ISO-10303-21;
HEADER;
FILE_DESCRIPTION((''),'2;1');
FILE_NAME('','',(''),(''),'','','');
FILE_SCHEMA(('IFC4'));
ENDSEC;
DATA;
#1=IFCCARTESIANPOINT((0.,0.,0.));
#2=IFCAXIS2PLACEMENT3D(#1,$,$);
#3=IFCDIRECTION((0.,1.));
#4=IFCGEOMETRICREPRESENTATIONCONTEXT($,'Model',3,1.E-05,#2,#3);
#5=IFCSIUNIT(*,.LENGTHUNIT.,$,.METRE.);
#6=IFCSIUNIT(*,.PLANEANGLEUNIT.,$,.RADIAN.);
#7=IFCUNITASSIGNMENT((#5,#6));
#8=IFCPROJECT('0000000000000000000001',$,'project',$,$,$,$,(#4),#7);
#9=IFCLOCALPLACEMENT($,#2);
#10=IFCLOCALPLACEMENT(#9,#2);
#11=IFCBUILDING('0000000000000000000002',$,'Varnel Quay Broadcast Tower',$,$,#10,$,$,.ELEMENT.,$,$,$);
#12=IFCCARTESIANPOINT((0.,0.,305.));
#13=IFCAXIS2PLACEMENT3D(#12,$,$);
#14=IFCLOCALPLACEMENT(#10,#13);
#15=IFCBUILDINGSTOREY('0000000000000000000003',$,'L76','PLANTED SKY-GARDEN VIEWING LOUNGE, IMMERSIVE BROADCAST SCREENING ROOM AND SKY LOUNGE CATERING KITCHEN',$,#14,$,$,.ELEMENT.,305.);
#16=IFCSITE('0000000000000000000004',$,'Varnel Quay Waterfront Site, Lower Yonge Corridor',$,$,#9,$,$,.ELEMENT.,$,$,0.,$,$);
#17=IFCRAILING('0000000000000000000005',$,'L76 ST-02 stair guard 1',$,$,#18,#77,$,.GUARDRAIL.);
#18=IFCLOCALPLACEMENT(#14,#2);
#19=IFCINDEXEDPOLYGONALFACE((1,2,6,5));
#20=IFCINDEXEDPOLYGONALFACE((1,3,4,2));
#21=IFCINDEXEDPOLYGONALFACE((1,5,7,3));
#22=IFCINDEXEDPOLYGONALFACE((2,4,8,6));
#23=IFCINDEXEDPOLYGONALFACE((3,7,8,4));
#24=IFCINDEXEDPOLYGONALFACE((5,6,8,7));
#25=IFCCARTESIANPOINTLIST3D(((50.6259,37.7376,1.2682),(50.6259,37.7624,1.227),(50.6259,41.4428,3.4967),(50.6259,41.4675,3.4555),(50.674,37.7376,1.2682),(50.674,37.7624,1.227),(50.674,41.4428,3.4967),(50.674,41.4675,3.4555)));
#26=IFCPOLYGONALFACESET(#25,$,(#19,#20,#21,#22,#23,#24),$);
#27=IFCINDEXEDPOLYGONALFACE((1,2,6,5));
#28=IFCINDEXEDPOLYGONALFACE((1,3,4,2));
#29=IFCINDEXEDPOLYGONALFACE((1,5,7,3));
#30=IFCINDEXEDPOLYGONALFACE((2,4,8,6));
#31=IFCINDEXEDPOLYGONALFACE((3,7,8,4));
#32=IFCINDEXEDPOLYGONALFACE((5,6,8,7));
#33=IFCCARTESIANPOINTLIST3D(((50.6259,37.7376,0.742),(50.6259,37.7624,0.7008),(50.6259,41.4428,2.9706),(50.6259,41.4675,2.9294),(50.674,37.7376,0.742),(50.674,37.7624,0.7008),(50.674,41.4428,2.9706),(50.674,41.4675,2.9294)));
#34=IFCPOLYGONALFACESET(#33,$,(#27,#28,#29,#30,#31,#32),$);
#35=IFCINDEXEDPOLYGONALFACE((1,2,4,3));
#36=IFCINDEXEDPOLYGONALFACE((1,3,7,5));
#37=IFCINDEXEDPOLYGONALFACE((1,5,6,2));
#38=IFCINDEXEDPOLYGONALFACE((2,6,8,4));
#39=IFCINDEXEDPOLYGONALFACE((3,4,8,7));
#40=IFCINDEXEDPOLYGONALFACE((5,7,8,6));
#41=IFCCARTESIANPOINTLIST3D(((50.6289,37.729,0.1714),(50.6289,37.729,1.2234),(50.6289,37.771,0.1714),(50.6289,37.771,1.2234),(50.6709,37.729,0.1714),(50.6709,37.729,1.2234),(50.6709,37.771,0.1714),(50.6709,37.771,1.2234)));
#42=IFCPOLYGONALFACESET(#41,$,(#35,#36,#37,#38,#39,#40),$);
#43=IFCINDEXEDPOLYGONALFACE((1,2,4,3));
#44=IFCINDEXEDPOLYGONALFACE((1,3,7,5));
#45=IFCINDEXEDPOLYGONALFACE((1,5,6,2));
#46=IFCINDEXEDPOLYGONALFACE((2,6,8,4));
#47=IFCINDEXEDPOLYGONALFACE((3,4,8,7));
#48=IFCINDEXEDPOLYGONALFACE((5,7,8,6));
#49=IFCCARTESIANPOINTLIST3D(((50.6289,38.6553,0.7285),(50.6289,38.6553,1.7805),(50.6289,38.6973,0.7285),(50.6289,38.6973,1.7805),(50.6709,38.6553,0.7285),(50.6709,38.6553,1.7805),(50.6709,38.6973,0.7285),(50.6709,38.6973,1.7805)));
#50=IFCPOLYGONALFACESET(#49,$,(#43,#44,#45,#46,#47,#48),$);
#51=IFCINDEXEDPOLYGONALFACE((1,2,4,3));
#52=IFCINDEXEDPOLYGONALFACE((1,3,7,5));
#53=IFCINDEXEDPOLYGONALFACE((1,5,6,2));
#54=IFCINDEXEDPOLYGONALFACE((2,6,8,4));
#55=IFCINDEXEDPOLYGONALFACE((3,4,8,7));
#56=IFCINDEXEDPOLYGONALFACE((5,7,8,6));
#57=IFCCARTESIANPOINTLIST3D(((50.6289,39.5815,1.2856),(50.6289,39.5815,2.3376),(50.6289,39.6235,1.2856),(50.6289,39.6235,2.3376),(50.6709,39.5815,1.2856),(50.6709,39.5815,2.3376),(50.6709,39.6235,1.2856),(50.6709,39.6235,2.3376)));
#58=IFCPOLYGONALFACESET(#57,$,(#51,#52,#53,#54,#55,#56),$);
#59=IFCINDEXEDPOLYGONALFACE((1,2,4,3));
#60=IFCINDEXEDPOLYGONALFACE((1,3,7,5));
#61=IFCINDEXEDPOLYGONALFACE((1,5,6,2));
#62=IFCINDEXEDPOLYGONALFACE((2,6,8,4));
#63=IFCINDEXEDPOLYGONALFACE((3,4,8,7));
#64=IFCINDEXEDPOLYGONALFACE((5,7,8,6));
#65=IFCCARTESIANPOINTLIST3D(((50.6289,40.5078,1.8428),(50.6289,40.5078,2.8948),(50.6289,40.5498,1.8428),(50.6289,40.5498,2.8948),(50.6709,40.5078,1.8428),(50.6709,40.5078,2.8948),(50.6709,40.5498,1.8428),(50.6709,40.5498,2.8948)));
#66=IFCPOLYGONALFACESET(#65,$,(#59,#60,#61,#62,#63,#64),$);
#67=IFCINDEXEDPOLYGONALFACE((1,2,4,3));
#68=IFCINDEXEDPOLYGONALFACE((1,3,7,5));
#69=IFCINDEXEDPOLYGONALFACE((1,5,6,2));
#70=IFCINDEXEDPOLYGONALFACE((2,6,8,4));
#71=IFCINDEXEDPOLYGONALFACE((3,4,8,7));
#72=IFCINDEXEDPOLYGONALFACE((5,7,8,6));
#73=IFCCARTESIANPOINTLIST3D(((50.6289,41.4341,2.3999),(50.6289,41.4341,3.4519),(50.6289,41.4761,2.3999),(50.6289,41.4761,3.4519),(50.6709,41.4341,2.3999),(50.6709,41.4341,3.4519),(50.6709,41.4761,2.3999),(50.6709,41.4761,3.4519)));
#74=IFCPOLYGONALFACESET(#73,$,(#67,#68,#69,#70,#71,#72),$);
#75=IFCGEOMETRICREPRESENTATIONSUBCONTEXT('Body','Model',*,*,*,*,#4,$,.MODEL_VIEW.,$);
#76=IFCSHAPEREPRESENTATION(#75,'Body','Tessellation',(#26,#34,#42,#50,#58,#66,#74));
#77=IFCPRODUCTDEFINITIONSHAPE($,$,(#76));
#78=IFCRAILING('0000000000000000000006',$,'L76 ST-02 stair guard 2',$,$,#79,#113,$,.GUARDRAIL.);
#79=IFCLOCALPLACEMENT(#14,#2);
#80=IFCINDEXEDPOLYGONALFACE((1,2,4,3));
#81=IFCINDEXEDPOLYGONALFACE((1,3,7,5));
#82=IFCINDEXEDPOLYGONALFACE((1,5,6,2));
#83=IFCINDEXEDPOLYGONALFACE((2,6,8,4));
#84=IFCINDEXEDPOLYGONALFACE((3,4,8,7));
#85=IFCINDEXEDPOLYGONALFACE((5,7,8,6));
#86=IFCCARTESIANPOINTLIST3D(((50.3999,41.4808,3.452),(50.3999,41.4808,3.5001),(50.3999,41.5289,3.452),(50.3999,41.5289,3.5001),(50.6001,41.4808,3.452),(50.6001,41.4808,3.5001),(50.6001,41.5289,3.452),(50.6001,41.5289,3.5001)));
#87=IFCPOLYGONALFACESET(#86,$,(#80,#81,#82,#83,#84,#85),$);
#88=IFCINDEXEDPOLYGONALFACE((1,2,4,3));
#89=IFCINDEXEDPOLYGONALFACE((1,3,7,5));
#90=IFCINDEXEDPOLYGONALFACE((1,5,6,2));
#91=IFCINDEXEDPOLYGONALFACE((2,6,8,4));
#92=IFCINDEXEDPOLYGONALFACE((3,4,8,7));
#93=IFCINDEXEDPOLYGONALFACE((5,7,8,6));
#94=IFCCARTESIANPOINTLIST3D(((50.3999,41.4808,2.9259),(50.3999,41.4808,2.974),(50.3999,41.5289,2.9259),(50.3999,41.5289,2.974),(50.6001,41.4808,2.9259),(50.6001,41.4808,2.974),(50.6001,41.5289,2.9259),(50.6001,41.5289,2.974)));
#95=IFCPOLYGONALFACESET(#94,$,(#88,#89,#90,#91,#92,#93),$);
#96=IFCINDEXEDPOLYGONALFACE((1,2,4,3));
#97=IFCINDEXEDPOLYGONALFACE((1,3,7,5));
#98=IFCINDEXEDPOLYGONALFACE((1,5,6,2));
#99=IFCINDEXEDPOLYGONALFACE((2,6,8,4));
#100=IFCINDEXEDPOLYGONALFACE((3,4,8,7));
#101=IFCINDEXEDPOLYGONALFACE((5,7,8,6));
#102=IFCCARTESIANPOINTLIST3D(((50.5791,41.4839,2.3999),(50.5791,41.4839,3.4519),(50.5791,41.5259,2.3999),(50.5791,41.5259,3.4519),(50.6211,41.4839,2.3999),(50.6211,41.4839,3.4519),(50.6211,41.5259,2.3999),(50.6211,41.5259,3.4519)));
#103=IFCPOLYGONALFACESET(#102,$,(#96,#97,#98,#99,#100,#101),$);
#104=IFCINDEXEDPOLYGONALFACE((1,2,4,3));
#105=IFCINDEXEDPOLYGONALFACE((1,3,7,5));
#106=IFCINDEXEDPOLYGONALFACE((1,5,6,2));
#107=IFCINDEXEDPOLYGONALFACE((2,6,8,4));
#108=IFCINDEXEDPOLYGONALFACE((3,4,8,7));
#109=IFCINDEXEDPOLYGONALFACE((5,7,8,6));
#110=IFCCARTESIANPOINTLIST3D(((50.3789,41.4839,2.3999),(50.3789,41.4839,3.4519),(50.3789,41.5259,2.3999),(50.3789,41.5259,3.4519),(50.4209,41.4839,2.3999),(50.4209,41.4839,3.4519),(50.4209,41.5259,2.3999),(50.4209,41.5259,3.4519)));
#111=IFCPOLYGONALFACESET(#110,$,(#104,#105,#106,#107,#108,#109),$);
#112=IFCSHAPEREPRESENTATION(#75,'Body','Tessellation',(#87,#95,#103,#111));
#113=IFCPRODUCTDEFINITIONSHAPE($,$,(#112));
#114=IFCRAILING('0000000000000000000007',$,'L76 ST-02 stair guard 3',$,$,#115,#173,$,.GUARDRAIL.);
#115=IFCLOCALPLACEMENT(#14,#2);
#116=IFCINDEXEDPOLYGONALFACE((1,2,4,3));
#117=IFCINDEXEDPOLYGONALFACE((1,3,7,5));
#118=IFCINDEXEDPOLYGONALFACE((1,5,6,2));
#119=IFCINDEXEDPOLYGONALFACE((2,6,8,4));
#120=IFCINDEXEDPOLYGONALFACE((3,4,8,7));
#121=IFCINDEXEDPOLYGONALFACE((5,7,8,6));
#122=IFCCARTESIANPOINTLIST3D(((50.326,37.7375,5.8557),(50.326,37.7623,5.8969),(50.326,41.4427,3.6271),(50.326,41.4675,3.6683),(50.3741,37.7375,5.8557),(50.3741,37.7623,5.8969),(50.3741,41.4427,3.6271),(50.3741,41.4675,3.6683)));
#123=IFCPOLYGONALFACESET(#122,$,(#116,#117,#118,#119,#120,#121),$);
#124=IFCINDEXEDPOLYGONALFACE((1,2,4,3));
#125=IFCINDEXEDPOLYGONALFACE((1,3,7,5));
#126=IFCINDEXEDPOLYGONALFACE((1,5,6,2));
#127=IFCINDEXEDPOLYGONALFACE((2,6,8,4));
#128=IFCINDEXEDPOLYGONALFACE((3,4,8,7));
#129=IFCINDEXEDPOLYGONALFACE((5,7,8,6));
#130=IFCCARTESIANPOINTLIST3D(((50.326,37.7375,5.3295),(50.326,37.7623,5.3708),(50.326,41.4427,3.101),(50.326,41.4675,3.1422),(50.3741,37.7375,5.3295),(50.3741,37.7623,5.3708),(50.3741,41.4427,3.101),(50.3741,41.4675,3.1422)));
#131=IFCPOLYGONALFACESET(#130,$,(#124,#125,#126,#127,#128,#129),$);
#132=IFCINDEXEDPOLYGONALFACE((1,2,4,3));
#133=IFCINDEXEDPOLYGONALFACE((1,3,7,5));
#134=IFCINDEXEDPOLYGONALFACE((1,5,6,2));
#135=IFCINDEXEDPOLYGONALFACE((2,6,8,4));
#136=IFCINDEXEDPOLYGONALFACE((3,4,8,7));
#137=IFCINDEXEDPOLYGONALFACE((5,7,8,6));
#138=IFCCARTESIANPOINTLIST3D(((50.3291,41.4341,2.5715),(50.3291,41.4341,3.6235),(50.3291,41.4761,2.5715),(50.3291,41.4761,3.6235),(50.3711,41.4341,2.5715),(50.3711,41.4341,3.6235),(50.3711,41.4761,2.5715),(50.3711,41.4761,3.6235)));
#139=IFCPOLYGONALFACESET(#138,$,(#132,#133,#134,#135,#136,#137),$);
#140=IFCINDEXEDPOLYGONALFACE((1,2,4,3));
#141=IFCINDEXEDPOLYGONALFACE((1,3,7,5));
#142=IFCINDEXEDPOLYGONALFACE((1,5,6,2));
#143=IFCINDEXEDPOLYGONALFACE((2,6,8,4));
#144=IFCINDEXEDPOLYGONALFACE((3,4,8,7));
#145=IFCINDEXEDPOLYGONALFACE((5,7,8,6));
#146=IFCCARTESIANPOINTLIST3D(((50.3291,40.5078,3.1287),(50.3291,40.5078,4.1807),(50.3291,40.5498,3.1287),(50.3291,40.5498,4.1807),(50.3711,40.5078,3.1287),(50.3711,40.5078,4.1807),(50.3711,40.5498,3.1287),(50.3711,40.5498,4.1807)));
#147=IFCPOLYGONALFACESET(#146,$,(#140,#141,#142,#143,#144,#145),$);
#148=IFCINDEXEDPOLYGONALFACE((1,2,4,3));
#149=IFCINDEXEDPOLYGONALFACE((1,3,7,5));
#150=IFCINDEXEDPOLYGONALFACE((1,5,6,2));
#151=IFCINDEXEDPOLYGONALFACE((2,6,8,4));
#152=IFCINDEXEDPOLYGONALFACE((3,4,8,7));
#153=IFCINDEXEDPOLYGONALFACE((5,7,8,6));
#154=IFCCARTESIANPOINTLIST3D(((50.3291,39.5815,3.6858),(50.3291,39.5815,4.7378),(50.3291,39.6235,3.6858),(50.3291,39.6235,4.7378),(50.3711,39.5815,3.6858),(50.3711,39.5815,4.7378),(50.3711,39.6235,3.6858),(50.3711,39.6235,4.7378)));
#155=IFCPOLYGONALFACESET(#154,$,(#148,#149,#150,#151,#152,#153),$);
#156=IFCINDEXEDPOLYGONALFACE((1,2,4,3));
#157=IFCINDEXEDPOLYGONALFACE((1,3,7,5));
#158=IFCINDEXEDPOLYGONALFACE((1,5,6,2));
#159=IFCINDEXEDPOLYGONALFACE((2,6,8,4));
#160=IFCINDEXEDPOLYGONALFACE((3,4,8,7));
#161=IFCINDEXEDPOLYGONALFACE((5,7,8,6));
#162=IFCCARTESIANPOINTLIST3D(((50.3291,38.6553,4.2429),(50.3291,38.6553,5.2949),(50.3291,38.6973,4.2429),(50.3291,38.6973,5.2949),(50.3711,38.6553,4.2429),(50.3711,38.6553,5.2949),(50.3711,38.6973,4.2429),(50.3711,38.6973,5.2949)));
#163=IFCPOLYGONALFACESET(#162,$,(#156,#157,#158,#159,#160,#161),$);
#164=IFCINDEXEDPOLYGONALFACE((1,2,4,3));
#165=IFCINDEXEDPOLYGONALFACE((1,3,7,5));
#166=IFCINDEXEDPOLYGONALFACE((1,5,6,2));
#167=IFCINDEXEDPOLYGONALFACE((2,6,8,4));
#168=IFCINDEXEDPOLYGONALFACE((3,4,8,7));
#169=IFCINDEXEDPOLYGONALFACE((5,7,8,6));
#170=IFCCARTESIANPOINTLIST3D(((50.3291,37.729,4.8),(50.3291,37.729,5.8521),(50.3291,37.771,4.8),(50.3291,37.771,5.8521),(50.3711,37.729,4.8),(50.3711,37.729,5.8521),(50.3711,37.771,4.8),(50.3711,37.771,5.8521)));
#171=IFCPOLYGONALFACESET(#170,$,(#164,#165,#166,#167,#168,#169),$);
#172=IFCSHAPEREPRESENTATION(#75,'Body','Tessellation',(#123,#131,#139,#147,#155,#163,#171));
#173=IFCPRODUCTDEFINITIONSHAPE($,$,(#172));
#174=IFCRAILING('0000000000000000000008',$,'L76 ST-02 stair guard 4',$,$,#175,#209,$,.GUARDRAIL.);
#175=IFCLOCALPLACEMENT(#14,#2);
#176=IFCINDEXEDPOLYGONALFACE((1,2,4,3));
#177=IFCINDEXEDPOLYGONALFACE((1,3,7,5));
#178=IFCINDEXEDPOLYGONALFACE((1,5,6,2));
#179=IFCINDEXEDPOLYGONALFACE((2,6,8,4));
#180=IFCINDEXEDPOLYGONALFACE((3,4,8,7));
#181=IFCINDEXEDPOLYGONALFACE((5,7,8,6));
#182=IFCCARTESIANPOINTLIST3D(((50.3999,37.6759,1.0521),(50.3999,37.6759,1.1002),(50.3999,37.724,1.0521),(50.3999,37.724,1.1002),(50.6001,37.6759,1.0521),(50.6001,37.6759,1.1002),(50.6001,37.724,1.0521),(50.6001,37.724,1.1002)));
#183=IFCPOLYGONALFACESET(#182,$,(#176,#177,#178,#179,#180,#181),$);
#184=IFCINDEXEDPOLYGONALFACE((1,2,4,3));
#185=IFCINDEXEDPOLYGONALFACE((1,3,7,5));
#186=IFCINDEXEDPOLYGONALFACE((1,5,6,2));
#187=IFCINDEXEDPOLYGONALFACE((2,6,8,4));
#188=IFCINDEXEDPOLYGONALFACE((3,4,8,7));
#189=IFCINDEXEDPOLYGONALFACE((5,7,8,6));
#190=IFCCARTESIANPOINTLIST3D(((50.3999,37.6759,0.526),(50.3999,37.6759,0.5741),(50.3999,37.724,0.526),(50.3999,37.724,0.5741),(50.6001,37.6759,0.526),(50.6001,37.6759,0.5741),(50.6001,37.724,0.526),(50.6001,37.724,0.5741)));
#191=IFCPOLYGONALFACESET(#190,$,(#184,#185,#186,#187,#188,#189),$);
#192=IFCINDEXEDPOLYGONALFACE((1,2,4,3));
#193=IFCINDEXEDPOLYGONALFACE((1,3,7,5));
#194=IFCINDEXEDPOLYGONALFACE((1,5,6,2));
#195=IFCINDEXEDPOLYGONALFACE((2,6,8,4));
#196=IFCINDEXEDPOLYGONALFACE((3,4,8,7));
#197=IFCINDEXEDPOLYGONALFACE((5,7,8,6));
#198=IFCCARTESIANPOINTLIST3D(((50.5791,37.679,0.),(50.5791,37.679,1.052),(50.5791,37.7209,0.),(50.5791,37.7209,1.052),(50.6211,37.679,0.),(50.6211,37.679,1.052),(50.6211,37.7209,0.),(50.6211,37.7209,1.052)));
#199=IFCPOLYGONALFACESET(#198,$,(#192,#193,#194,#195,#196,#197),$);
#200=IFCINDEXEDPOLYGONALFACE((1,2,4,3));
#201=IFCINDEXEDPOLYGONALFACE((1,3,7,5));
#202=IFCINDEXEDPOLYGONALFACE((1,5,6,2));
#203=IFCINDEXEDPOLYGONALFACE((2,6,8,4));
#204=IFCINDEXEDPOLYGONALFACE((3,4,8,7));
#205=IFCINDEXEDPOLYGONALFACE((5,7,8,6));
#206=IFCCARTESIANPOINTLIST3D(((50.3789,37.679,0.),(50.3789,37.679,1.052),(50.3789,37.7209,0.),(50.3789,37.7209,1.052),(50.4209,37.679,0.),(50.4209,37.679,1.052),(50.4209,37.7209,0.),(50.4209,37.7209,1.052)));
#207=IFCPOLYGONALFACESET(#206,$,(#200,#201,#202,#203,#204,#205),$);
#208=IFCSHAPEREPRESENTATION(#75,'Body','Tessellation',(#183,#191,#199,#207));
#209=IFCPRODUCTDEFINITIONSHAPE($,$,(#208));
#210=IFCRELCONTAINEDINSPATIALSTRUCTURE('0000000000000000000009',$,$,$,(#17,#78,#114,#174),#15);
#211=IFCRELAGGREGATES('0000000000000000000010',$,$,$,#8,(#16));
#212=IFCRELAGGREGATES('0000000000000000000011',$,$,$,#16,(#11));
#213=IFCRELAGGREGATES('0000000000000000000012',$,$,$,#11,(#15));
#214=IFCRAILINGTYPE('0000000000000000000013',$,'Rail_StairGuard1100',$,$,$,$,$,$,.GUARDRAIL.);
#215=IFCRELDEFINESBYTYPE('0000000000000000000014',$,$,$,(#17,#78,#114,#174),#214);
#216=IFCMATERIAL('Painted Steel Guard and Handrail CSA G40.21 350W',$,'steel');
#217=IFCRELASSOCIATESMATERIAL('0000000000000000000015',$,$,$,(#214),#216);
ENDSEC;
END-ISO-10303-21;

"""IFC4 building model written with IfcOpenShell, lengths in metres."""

from ifc_helpers import new_model, si_unit, direction, frame, origin, origin_2d, place, context, subcontext, project, spatial, rectangle, extrude, material, type_object, element, save


model = new_model("IFC4")

# Units and contexts
model_context = context("Model", 3, precision=1e-05, world=origin(), true_north=direction((0.0, 1.0)))
body_context = subcontext(model_context, "Body", "Model", "MODEL_VIEW")
ifc_project = project(units=[si_unit("LENGTHUNIT", "METRE"), si_unit("PLANEANGLEUNIT", "RADIAN")], contexts=[model_context])

# Site, building, storey
site_placement = place(None, origin())
site = spatial("IfcSite", under=ifc_project, at=site_placement, Name="Varnel Quay Waterfront Site, Lower Yonge Corridor", CompositionType="ELEMENT", RefElevation=0.0)
building_placement = place(site_placement, origin())
building = spatial("IfcBuilding", under=site, at=building_placement, Name="Varnel Quay Broadcast Tower", CompositionType="ELEMENT")
storey_placement = place(building_placement, frame((0.0, 0.0, 305.0)))
storey = spatial("IfcBuildingStorey", under=building, at=storey_placement, Name="L76", Description="PLANTED SKY-GARDEN VIEWING LOUNGE, IMMERSIVE BROADCAST SCREENING ROOM AND SKY LOUNGE CATERING KITCHEN", CompositionType="ELEMENT", Elevation=305.0)

# Railings
ifc_material_1 = material(Name="Painted Steel Guard and Handrail CSA G40.21 350W", Category="steel")
railing_type_1 = type_object("IfcRailingType", Name="Rail_StairGuard1100", PredefinedType="GUARDRAIL", material=ifc_material_1)
railing_1_placement = place(storey_placement, frame((50.6499, 37.75, 0.1714)))
element("IfcRailing", 1, at=railing_1_placement, inside=storey, type_object=railing_type_1, Name="L76 ST-02 stair guard 1", PredefinedType="GUARDRAIL", context=body_context, shape_type="SweptSolid", body=[
    extrude(rectangle(XDim=0.0481, YDim=0.0481, at=origin_2d()), frame((0.0, 0.0, 1.0762), z_axis=(0.0, 0.856934, 0.515425), x_axis=(-1.0, 0.0, 0.0)), (0.0, 0.0, 1.0), 4.3237),
    extrude(rectangle(XDim=0.0481, YDim=0.0481, at=origin_2d()), frame((0.0, 0.0, 0.55), z_axis=(0.0, 0.856934, 0.515425), x_axis=(-1.0, 0.0, 0.0)), (0.0, 0.0, 1.0), 4.3237),
    extrude(rectangle(XDim=0.042, YDim=0.042, at=origin_2d()), origin(), (0.0, 0.0, 1.0), 1.052),
    extrude(rectangle(XDim=0.042, YDim=0.042, at=origin_2d()), frame((0.0, 0.9263, 0.5571)), (0.0, 0.0, 1.0), 1.052),
    extrude(rectangle(XDim=0.042, YDim=0.042, at=origin_2d()), frame((0.0, 1.8525, 1.1143)), (0.0, 0.0, 1.0), 1.052),
    extrude(rectangle(XDim=0.042, YDim=0.042, at=origin_2d()), frame((0.0, 2.7788, 1.6714)), (0.0, 0.0, 1.0), 1.052),
    extrude(rectangle(XDim=0.042, YDim=0.042, at=origin_2d()), frame((0.0, 3.7051, 2.2285)), (0.0, 0.0, 1.0), 1.052),
])
railing_2_placement = place(storey_placement, frame((50.6001, 41.5049, 2.3999)))
element("IfcRailing", 2, at=railing_2_placement, inside=storey, type_object=railing_type_1, Name="L76 ST-02 stair guard 2", PredefinedType="GUARDRAIL", context=body_context, shape_type="SweptSolid", body=[
    extrude(rectangle(XDim=0.0481, YDim=0.0481, at=origin_2d()), frame((0.0, 0.0, 1.0762), z_axis=(-1.0, 0.0, 0.0), x_axis=(0.0, -1.0, 0.0)), (0.0, 0.0, 1.0), 0.2002),
    extrude(rectangle(XDim=0.0481, YDim=0.0481, at=origin_2d()), frame((0.0, 0.0, 0.55), z_axis=(-1.0, 0.0, 0.0), x_axis=(0.0, -1.0, 0.0)), (0.0, 0.0, 1.0), 0.2002),
    extrude(rectangle(XDim=0.042, YDim=0.042, at=origin_2d()), origin(), (0.0, 0.0, 1.0), 1.052),
    extrude(rectangle(XDim=0.042, YDim=0.042, at=origin_2d()), frame((-0.2002, 0.0, 0.0)), (0.0, 0.0, 1.0), 1.052),
])
railing_3_placement = place(storey_placement, frame((50.3501, 41.4551, 2.5715)))
element("IfcRailing", 3, at=railing_3_placement, inside=storey, type_object=railing_type_1, Name="L76 ST-02 stair guard 3", PredefinedType="GUARDRAIL", context=body_context, shape_type="SweptSolid", body=[
    extrude(rectangle(XDim=0.0481, YDim=0.0481, at=origin_2d()), frame((0.0, 0.0, 1.0762), z_axis=(0.0, -0.856934, 0.515425), x_axis=(1.0, 0.0, 0.0)), (0.0, 0.0, 1.0), 4.3237),
    extrude(rectangle(XDim=0.0481, YDim=0.0481, at=origin_2d()), frame((0.0, 0.0, 0.55), z_axis=(0.0, -0.856934, 0.515425), x_axis=(1.0, 0.0, 0.0)), (0.0, 0.0, 1.0), 4.3237),
    extrude(rectangle(XDim=0.042, YDim=0.042, at=origin_2d()), origin(), (0.0, 0.0, 1.0), 1.052),
    extrude(rectangle(XDim=0.042, YDim=0.042, at=origin_2d()), frame((0.0, -0.9263, 0.5571)), (0.0, 0.0, 1.0), 1.052),
    extrude(rectangle(XDim=0.042, YDim=0.042, at=origin_2d()), frame((0.0, -1.8525, 1.1143)), (0.0, 0.0, 1.0), 1.052),
    extrude(rectangle(XDim=0.042, YDim=0.042, at=origin_2d()), frame((0.0, -2.7788, 1.6714)), (0.0, 0.0, 1.0), 1.052),
    extrude(rectangle(XDim=0.042, YDim=0.042, at=origin_2d()), frame((0.0, -3.7051, 2.2285)), (0.0, 0.0, 1.0), 1.052),
])
railing_4_placement = place(storey_placement, frame((50.6001, 37.7, 0.0)))
element("IfcRailing", 4, at=railing_4_placement, inside=storey, type_object=railing_type_1, Name="L76 ST-02 stair guard 4", PredefinedType="GUARDRAIL", context=body_context, shape_type="SweptSolid", body=[
    extrude(rectangle(XDim=0.0481, YDim=0.0481, at=origin_2d()), frame((0.0, 0.0, 1.0762), z_axis=(-1.0, 0.0, 0.0), x_axis=(0.0, -1.0, 0.0)), (0.0, 0.0, 1.0), 0.2002),
    extrude(rectangle(XDim=0.0481, YDim=0.0481, at=origin_2d()), frame((0.0, 0.0, 0.55), z_axis=(-1.0, 0.0, 0.0), x_axis=(0.0, -1.0, 0.0)), (0.0, 0.0, 1.0), 0.2002),
    extrude(rectangle(XDim=0.042, YDim=0.042, at=origin_2d()), origin(), (0.0, 0.0, 1.0), 1.052),
    extrude(rectangle(XDim=0.042, YDim=0.042, at=origin_2d()), frame((-0.2002, 0.0, 0.0)), (0.0, 0.0, 1.0), 1.052),
])

save(model, "model.ifc")
